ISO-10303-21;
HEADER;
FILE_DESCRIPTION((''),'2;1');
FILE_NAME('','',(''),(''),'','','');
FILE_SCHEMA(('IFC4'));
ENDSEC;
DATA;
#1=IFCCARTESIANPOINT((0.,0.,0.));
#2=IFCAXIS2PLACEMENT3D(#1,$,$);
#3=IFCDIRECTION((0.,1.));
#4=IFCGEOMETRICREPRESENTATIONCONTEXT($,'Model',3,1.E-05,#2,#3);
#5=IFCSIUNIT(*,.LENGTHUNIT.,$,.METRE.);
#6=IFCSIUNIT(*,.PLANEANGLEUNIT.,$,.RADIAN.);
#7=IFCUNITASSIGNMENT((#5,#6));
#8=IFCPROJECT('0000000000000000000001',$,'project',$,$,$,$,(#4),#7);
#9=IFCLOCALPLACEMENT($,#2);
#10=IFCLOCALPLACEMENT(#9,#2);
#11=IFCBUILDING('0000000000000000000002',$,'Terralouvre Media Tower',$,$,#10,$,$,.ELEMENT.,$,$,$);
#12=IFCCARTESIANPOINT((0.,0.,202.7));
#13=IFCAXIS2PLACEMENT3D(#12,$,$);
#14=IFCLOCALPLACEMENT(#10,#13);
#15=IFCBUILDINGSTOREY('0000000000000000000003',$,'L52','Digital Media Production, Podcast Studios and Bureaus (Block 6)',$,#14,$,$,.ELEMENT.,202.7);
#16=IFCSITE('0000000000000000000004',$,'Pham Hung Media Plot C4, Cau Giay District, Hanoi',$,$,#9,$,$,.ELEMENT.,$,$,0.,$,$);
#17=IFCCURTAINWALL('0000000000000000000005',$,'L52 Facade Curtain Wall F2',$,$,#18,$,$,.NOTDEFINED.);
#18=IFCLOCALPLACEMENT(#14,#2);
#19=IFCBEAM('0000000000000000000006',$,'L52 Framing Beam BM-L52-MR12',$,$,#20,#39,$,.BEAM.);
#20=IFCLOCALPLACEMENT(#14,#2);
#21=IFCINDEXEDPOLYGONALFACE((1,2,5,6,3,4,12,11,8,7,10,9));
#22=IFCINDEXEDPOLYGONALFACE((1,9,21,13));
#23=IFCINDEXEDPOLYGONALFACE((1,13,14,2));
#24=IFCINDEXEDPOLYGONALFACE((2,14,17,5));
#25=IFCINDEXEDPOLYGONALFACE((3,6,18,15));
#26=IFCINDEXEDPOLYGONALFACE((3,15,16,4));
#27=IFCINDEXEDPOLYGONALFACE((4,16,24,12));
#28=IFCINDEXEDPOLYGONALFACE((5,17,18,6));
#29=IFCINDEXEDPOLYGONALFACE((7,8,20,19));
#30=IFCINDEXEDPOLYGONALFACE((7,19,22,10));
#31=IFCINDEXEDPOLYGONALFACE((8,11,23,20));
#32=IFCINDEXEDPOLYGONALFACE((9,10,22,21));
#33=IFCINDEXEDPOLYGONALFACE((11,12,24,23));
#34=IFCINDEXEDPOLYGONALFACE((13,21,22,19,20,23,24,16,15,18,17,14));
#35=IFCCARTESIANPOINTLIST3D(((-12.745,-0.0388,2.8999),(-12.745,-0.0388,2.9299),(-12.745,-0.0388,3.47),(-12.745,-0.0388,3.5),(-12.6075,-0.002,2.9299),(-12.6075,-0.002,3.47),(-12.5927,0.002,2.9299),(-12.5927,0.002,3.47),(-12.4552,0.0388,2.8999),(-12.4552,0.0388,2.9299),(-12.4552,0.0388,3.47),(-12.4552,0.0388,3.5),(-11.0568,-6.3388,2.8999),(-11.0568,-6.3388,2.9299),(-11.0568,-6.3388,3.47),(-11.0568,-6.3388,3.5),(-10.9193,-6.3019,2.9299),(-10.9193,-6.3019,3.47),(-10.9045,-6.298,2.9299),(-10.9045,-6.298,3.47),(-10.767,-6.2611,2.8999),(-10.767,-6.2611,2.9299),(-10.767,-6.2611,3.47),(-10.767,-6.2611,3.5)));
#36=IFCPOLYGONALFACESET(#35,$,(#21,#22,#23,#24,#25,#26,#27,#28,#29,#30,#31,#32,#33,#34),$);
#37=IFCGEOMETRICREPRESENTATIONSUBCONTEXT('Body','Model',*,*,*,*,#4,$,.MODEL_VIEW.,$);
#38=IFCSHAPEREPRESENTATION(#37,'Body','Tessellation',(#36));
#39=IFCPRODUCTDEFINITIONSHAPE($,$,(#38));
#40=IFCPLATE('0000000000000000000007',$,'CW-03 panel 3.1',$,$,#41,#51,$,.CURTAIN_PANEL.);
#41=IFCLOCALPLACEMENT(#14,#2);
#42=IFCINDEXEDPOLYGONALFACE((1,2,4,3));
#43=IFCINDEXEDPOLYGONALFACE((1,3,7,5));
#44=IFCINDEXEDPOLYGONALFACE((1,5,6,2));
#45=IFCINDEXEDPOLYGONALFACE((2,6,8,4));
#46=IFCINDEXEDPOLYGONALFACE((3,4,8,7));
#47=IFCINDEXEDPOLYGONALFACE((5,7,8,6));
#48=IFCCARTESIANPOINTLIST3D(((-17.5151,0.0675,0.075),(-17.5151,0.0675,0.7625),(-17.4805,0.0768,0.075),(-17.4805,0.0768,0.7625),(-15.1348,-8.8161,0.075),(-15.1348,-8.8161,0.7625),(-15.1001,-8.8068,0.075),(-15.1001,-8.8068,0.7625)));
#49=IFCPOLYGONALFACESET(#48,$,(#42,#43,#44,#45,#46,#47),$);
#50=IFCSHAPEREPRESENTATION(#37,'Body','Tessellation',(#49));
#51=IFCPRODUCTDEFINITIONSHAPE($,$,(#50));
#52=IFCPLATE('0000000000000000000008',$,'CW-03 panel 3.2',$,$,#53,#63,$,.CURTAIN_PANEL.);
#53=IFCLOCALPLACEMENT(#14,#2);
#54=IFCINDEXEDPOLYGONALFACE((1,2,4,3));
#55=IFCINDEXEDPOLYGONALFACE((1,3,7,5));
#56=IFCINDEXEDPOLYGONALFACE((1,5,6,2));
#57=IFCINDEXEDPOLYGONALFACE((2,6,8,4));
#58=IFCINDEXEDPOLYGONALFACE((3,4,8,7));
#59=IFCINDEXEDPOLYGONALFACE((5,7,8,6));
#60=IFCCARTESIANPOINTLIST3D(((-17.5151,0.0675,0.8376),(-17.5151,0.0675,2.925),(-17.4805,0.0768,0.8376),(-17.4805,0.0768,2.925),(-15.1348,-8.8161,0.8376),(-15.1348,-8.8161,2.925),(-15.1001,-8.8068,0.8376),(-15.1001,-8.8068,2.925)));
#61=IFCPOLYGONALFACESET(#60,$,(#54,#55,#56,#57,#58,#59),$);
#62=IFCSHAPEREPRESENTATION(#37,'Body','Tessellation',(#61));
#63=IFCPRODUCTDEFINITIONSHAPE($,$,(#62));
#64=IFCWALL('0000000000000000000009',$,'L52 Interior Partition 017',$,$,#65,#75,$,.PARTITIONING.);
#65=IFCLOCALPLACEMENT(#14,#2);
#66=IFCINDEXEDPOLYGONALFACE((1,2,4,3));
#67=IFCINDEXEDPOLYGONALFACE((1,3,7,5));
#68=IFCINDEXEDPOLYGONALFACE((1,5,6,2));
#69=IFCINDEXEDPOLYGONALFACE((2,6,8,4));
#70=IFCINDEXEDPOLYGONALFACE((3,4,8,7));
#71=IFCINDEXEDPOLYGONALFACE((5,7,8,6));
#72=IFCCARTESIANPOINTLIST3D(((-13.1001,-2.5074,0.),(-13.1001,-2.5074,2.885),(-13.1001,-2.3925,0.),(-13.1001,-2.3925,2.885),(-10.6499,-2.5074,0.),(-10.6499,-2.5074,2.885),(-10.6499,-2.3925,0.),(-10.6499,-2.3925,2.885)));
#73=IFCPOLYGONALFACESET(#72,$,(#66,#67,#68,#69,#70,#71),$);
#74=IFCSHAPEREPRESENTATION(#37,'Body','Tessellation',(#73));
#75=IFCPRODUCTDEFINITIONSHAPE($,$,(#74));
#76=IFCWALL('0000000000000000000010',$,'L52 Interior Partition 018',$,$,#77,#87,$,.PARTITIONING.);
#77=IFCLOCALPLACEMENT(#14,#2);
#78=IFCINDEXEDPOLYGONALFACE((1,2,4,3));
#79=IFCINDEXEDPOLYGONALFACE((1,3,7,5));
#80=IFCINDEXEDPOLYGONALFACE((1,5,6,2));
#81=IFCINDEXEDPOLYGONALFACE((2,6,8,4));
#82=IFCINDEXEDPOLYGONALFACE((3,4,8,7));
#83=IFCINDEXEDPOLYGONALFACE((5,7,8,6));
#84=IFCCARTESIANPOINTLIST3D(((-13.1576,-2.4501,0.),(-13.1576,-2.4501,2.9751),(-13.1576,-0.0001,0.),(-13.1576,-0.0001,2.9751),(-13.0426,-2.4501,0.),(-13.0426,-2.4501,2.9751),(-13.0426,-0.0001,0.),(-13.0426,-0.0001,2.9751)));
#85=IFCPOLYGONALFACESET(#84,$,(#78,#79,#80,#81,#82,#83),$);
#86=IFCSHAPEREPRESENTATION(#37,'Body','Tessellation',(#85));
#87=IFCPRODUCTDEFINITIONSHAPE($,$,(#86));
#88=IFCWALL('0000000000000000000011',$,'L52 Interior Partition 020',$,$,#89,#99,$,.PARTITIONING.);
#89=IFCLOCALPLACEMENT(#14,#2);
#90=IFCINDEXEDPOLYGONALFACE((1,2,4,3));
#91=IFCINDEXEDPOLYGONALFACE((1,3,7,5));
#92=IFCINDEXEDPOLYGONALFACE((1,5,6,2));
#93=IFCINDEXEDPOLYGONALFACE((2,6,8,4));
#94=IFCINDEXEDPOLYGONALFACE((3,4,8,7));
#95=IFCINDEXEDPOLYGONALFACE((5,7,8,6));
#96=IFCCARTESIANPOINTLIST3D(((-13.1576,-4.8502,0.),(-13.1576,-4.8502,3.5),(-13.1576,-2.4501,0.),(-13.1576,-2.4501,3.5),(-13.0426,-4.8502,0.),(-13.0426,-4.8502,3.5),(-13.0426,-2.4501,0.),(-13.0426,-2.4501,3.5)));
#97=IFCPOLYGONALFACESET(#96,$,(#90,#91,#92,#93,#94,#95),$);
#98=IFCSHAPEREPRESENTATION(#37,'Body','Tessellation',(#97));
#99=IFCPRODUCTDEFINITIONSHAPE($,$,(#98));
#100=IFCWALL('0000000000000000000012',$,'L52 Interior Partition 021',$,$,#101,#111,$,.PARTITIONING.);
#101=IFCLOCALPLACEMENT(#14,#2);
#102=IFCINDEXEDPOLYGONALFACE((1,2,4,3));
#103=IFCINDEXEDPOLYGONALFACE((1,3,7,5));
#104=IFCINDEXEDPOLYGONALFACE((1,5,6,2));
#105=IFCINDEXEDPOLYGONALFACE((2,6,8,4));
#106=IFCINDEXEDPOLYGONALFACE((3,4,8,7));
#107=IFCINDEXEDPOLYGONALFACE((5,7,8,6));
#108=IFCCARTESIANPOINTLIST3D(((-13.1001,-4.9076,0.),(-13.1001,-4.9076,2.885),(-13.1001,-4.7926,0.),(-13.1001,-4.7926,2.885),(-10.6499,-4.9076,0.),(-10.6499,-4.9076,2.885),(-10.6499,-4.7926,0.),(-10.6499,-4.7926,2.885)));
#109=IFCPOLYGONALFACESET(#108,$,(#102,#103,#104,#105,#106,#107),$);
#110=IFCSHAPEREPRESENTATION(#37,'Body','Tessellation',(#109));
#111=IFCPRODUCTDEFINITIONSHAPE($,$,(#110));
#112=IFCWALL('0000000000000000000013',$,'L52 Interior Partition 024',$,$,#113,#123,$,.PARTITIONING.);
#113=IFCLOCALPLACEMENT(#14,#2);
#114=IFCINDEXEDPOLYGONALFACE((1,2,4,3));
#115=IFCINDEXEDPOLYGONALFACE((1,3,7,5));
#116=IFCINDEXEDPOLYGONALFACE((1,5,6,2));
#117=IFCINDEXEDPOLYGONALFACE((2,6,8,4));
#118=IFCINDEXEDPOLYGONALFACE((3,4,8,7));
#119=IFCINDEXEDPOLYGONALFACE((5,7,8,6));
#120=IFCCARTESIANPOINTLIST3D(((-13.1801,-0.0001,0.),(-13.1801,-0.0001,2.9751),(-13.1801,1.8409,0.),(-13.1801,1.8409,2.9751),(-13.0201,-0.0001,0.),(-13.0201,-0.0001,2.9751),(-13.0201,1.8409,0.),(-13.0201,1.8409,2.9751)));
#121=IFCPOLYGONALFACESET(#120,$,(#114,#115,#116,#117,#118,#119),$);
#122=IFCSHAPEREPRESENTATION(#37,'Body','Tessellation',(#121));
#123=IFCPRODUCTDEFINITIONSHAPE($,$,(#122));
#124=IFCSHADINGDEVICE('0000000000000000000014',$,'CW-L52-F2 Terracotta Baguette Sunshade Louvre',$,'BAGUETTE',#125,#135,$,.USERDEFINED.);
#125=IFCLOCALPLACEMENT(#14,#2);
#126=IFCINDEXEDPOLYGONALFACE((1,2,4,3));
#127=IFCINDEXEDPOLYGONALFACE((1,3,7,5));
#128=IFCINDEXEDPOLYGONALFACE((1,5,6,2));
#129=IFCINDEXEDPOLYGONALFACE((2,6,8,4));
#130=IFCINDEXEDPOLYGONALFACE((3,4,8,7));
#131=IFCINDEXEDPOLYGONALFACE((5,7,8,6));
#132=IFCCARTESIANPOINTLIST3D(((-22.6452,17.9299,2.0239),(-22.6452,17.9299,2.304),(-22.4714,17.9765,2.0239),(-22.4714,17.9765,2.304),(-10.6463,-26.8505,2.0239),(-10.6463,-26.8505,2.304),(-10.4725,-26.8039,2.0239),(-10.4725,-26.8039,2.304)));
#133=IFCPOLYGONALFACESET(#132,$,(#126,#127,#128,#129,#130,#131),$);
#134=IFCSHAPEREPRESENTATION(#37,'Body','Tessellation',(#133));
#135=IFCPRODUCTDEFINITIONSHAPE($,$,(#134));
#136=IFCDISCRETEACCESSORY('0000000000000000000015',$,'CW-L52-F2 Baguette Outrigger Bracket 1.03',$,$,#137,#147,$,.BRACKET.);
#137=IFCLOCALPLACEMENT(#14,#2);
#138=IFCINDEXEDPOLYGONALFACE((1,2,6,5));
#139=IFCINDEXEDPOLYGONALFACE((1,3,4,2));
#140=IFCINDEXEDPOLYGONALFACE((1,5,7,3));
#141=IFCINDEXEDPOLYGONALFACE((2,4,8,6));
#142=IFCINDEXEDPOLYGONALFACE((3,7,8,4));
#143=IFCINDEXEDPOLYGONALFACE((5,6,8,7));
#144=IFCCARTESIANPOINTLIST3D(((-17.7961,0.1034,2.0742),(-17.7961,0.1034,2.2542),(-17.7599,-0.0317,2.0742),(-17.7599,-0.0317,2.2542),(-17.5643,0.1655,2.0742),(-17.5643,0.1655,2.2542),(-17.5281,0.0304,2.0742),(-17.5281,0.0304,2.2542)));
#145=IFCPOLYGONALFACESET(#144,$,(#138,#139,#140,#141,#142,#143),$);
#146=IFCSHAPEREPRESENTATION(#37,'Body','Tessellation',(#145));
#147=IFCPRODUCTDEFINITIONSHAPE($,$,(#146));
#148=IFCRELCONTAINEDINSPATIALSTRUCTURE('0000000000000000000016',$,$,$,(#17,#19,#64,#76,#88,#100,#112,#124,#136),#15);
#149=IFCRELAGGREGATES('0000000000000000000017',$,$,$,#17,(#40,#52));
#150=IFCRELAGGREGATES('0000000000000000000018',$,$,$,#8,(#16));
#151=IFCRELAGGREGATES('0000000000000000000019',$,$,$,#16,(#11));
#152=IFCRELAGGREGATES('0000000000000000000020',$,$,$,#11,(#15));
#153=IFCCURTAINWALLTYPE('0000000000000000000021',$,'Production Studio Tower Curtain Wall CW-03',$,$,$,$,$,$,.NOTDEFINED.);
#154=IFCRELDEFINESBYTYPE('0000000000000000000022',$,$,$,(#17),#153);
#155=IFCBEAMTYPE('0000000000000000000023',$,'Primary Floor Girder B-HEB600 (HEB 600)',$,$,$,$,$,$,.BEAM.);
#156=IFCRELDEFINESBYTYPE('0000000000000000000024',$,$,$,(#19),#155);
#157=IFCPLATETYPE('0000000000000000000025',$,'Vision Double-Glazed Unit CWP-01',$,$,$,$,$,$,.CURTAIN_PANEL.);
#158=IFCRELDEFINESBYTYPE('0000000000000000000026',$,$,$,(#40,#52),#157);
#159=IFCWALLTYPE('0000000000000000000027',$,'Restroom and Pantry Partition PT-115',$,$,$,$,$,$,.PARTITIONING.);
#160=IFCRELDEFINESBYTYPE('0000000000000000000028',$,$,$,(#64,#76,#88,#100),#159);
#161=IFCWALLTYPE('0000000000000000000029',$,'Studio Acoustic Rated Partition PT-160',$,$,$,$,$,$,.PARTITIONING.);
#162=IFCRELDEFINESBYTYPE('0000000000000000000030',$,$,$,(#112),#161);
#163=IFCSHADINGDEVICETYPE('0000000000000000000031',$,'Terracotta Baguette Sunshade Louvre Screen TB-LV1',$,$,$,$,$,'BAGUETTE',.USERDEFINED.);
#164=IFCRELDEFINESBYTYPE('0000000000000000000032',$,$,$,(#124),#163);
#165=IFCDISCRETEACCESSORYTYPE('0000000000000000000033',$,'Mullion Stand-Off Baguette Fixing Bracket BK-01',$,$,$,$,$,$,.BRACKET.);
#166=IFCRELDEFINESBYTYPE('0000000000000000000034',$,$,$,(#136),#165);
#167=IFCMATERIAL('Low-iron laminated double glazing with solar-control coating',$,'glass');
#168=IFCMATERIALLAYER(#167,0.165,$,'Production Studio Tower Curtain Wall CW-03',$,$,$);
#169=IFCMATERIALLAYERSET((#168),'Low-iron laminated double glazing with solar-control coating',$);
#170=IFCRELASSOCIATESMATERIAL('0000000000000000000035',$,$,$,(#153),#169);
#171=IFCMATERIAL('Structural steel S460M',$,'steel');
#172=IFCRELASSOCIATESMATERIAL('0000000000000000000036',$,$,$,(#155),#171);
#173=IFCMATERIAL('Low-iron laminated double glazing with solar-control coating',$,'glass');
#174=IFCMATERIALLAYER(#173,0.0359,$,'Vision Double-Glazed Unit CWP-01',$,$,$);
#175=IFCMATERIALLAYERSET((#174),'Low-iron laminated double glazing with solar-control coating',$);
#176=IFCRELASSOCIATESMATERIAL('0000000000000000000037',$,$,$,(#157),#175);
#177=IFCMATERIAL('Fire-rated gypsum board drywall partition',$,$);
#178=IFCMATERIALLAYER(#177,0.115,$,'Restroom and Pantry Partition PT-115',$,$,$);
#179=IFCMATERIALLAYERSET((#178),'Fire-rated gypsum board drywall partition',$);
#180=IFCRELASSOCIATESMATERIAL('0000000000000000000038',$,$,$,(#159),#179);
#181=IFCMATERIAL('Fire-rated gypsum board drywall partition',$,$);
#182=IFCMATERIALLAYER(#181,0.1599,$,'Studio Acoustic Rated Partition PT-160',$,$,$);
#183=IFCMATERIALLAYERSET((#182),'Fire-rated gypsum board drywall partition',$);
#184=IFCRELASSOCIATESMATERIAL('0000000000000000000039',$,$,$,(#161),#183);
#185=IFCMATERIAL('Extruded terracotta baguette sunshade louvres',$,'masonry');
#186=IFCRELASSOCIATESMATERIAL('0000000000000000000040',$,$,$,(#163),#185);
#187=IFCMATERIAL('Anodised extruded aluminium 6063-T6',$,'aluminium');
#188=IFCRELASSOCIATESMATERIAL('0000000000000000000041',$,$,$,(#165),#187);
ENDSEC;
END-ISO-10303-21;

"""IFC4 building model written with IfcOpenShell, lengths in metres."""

from ifc_helpers import new_model, si_unit, direction, frame, frame_2d, origin, origin_2d, place, context, subcontext, project, spatial, rectangle, i_section, extrude, material, layer, layer_set, material_profile, profile_set, type_object, element, aggregate, save


model = new_model("IFC4")

# Units and contexts
model_context = context("Model", 3, precision=1e-05, world=origin(), true_north=direction((0.0, 1.0)))
body_context = subcontext(model_context, "Body", "Model", "MODEL_VIEW")
ifc_project = project(units=[si_unit("LENGTHUNIT", "METRE"), si_unit("PLANEANGLEUNIT", "RADIAN")], contexts=[model_context])

# Site, building, storey
site_placement = place(None, origin())
site = spatial("IfcSite", under=ifc_project, at=site_placement, Name="Pham Hung Media Plot C4, Cau Giay District, Hanoi", CompositionType="ELEMENT", RefElevation=0.0)
building_placement = place(site_placement, origin())
building = spatial("IfcBuilding", under=site, at=building_placement, Name="Terralouvre Media Tower", CompositionType="ELEMENT")
storey_placement = place(building_placement, frame((0.0, 0.0, 202.7)))
storey = spatial("IfcBuildingStorey", under=building, at=storey_placement, Name="L52", Description="Digital Media Production, Podcast Studios and Bureaus (Block 6)", CompositionType="ELEMENT", Elevation=202.7)

# Curtain wall
ifc_material_1 = material(Name="Low-iron laminated double glazing with solar-control coating", Category="glass")
ifc_layer_1 = layer(ifc_material_1, 0.165, Name="Production Studio Tower Curtain Wall CW-03")
ifc_layer_set_1 = layer_set([ifc_layer_1], Name="Low-iron laminated double glazing with solar-control coating")
curtain_wall_type = type_object("IfcCurtainWallType", Name="Production Studio Tower Curtain Wall CW-03", PredefinedType="NOTDEFINED", material=ifc_layer_set_1)
curtain_wall_placement = place(storey_placement, origin())
curtain_wall = element("IfcCurtainWall", 1, at=curtain_wall_placement, inside=storey, type_object=curtain_wall_type, Name="L52 Facade Curtain Wall F2", PredefinedType="NOTDEFINED")

# Beam
ifc_material_2 = material(Name="Structural steel S460M", Category="steel")
ifc_material_profile_1 = material_profile(ifc_material_2, i_section(OverallWidth=0.3, OverallDepth=0.6001, WebThickness=0.0154, FlangeThickness=0.03, at=origin_2d()), Name="HEB 600")
ifc_profile_set_1 = profile_set([ifc_material_profile_1], Name="Structural steel S460M")
beam_type_1 = type_object("IfcBeamType", Name="Primary Floor Girder B-HEB600 (HEB 600)", PredefinedType="BEAM", material=ifc_profile_set_1)
beam_1_placement = place(storey_placement, frame((-12.6001, 0.0, 3.2), z_axis=(0.258839, -0.96592, 0.0), x_axis=(0.96592, 0.258839, 0.0)))
element("IfcBeam", 2, at=beam_1_placement, inside=storey, type_object=beam_type_1, Name="L52 Framing Beam BM-L52-MR12", PredefinedType="BEAM", context=body_context, shape_type="SweptSolid", body=[
    extrude(i_section(OverallWidth=0.3, OverallDepth=0.6001, WebThickness=0.0154, FlangeThickness=0.03, at=origin_2d()), origin(), (0.0, 0.0, 1.0), 6.5222),
])

# Plates
ifc_material_3 = material(Name="Low-iron laminated double glazing with solar-control coating", Category="glass")
ifc_layer_2 = layer(ifc_material_3, 0.0359, Name="Vision Double-Glazed Unit CWP-01")
ifc_layer_set_2 = layer_set([ifc_layer_2], Name="Low-iron laminated double glazing with solar-control coating")
plate_type = type_object("IfcPlateType", Name="Vision Double-Glazed Unit CWP-01", PredefinedType="CURTAIN_PANEL", material=ifc_layer_set_2)
plate_1_placement = place(storey_placement, frame((-16.3076, -4.3696, 0.075), z_axis=(0.0, 0.0, 1.0), x_axis=(0.258819, -0.965926, 0.0)))
plate_1 = element("IfcPlate", 3, at=plate_1_placement, type_object=plate_type, Name="CW-03 panel 3.1", PredefinedType="CURTAIN_PANEL", context=body_context, shape_type="SweptSolid", body=[
    extrude(rectangle(XDim=9.197, YDim=0.0359, at=origin_2d()), origin(), (0.0, 0.0, 1.0), 0.6875),
])
plate_2_placement = place(storey_placement, frame((-16.3076, -4.3696, 0.8376), z_axis=(0.0, 0.0, 1.0), x_axis=(0.258819, -0.965926, 0.0)))
plate_2 = element("IfcPlate", 4, at=plate_2_placement, type_object=plate_type, Name="CW-03 panel 3.2", PredefinedType="CURTAIN_PANEL", context=body_context, shape_type="SweptSolid", body=[
    extrude(rectangle(XDim=9.197, YDim=0.0359, at=origin_2d()), origin(), (0.0, 0.0, 1.0), 2.0874),
])
aggregate(curtain_wall, [plate_1, plate_2])

# Walls
ifc_material_4 = material(Name="Fire-rated gypsum board drywall partition")
ifc_layer_3 = layer(ifc_material_4, 0.115, Name="Restroom and Pantry Partition PT-115")
ifc_layer_set_3 = layer_set([ifc_layer_3], Name="Fire-rated gypsum board drywall partition")
wall_type_1 = type_object("IfcWallType", Name="Restroom and Pantry Partition PT-115", PredefinedType="PARTITIONING", material=ifc_layer_set_3)
wall_1_placement = place(storey_placement, frame((-13.1001, -2.45, 0.0), z_axis=(0.0, 0.0, 1.0), x_axis=(1.0, 0.0, 0.0)))
element("IfcWall", 5, at=wall_1_placement, inside=storey, type_object=wall_type_1, Name="L52 Interior Partition 017", PredefinedType="PARTITIONING", context=body_context, shape_type="SweptSolid", body=[
    extrude(rectangle(XDim=2.4502, YDim=0.115, at=frame_2d((1.2251, 0.0))), origin(), (0.0, 0.0, 1.0), 2.885),
])
wall_2_placement = place(storey_placement, frame((-13.1001, 0.0, 0.0), z_axis=(0.0, 0.0, 1.0), x_axis=(0.0, -1.0, 0.0)))
element("IfcWall", 6, at=wall_2_placement, inside=storey, type_object=wall_type_1, Name="L52 Interior Partition 018", PredefinedType="PARTITIONING", context=body_context, shape_type="SweptSolid", body=[
    extrude(rectangle(XDim=2.45, YDim=0.115, at=frame_2d((1.2251, 0.0))), origin(), (0.0, 0.0, 1.0), 2.9751),
])
wall_3_placement = place(storey_placement, frame((-13.1001, -2.45, 0.0), z_axis=(0.0, 0.0, 1.0), x_axis=(0.0, -1.0, 0.0)))
element("IfcWall", 7, at=wall_3_placement, inside=storey, type_object=wall_type_1, Name="L52 Interior Partition 020", PredefinedType="PARTITIONING", context=body_context, shape_type="SweptSolid", body=[
    extrude(rectangle(XDim=2.4001, YDim=0.115, at=frame_2d((1.2002, 0.0))), origin(), (0.0, 0.0, 1.0), 3.5),
])
wall_4_placement = place(storey_placement, frame((-13.1001, -4.8501, 0.0), z_axis=(0.0, 0.0, 1.0), x_axis=(1.0, 0.0, 0.0)))
element("IfcWall", 8, at=wall_4_placement, inside=storey, type_object=wall_type_1, Name="L52 Interior Partition 021", PredefinedType="PARTITIONING", context=body_context, shape_type="SweptSolid", body=[
    extrude(rectangle(XDim=2.4502, YDim=0.115, at=frame_2d((1.2251, 0.0))), origin(), (0.0, 0.0, 1.0), 2.885),
])
ifc_material_5 = material(Name="Fire-rated gypsum board drywall partition")
ifc_layer_4 = layer(ifc_material_5, 0.1599, Name="Studio Acoustic Rated Partition PT-160")
ifc_layer_set_4 = layer_set([ifc_layer_4], Name="Fire-rated gypsum board drywall partition")
wall_type_2 = type_object("IfcWallType", Name="Studio Acoustic Rated Partition PT-160", PredefinedType="PARTITIONING", material=ifc_layer_set_4)
wall_5_placement = place(storey_placement, frame((-13.1001, 0.0, 0.0), z_axis=(0.0, 0.0, 1.0), x_axis=(0.0, 1.0, 0.0)))
element("IfcWall", 9, at=wall_5_placement, inside=storey, type_object=wall_type_2, Name="L52 Interior Partition 024", PredefinedType="PARTITIONING", context=body_context, shape_type="SweptSolid", body=[
    extrude(rectangle(XDim=1.8411, YDim=0.1599, at=frame_2d((0.9204, 0.0))), origin(), (0.0, 0.0, 1.0), 2.9751),
])

# Shading device
ifc_material_6 = material(Name="Extruded terracotta baguette sunshade louvres", Category="masonry")
shading_device_type = type_object("IfcShadingDeviceType", Name="Terracotta Baguette Sunshade Louvre Screen TB-LV1", ElementType="BAGUETTE", PredefinedType="USERDEFINED", material=ifc_material_6)
shading_device_placement = place(storey_placement, frame((-16.5588, -4.437, 2.0239), z_axis=(0.0, 0.0, 1.0), x_axis=(0.258819, -0.965926, 0.0)))
element("IfcShadingDevice", 10, at=shading_device_placement, inside=storey, type_object=shading_device_type, Name="CW-L52-F2 Terracotta Baguette Sunshade Louvre", ObjectType="BAGUETTE", PredefinedType="USERDEFINED", context=body_context, shape_type="SweptSolid", body=[
    extrude(rectangle(XDim=46.3601, YDim=0.1799, at=origin_2d()), origin(), (0.0, 0.0, 1.0), 0.28),
])

# Discrete accessory
ifc_material_7 = material(Name="Anodised extruded aluminium 6063-T6", Category="aluminium")
discrete_accessory_type = type_object("IfcDiscreteAccessoryType", Name="Mullion Stand-Off Baguette Fixing Bracket BK-01", PredefinedType="BRACKET", material=ifc_material_7)
discrete_accessory_placement = place(storey_placement, frame((-17.6621, 0.0669, 2.0742), z_axis=(0.0, 0.0, 1.0), x_axis=(0.258819, -0.965926, 0.0)))
element("IfcDiscreteAccessory", 11, at=discrete_accessory_placement, inside=storey, type_object=discrete_accessory_type, Name="CW-L52-F2 Baguette Outrigger Bracket 1.03", PredefinedType="BRACKET", context=body_context, shape_type="SweptSolid", body=[
    extrude(rectangle(XDim=0.1399, YDim=0.24, at=origin_2d()), origin(), (0.0, 0.0, 1.0), 0.1799),
])

save(model, "model.ifc")
